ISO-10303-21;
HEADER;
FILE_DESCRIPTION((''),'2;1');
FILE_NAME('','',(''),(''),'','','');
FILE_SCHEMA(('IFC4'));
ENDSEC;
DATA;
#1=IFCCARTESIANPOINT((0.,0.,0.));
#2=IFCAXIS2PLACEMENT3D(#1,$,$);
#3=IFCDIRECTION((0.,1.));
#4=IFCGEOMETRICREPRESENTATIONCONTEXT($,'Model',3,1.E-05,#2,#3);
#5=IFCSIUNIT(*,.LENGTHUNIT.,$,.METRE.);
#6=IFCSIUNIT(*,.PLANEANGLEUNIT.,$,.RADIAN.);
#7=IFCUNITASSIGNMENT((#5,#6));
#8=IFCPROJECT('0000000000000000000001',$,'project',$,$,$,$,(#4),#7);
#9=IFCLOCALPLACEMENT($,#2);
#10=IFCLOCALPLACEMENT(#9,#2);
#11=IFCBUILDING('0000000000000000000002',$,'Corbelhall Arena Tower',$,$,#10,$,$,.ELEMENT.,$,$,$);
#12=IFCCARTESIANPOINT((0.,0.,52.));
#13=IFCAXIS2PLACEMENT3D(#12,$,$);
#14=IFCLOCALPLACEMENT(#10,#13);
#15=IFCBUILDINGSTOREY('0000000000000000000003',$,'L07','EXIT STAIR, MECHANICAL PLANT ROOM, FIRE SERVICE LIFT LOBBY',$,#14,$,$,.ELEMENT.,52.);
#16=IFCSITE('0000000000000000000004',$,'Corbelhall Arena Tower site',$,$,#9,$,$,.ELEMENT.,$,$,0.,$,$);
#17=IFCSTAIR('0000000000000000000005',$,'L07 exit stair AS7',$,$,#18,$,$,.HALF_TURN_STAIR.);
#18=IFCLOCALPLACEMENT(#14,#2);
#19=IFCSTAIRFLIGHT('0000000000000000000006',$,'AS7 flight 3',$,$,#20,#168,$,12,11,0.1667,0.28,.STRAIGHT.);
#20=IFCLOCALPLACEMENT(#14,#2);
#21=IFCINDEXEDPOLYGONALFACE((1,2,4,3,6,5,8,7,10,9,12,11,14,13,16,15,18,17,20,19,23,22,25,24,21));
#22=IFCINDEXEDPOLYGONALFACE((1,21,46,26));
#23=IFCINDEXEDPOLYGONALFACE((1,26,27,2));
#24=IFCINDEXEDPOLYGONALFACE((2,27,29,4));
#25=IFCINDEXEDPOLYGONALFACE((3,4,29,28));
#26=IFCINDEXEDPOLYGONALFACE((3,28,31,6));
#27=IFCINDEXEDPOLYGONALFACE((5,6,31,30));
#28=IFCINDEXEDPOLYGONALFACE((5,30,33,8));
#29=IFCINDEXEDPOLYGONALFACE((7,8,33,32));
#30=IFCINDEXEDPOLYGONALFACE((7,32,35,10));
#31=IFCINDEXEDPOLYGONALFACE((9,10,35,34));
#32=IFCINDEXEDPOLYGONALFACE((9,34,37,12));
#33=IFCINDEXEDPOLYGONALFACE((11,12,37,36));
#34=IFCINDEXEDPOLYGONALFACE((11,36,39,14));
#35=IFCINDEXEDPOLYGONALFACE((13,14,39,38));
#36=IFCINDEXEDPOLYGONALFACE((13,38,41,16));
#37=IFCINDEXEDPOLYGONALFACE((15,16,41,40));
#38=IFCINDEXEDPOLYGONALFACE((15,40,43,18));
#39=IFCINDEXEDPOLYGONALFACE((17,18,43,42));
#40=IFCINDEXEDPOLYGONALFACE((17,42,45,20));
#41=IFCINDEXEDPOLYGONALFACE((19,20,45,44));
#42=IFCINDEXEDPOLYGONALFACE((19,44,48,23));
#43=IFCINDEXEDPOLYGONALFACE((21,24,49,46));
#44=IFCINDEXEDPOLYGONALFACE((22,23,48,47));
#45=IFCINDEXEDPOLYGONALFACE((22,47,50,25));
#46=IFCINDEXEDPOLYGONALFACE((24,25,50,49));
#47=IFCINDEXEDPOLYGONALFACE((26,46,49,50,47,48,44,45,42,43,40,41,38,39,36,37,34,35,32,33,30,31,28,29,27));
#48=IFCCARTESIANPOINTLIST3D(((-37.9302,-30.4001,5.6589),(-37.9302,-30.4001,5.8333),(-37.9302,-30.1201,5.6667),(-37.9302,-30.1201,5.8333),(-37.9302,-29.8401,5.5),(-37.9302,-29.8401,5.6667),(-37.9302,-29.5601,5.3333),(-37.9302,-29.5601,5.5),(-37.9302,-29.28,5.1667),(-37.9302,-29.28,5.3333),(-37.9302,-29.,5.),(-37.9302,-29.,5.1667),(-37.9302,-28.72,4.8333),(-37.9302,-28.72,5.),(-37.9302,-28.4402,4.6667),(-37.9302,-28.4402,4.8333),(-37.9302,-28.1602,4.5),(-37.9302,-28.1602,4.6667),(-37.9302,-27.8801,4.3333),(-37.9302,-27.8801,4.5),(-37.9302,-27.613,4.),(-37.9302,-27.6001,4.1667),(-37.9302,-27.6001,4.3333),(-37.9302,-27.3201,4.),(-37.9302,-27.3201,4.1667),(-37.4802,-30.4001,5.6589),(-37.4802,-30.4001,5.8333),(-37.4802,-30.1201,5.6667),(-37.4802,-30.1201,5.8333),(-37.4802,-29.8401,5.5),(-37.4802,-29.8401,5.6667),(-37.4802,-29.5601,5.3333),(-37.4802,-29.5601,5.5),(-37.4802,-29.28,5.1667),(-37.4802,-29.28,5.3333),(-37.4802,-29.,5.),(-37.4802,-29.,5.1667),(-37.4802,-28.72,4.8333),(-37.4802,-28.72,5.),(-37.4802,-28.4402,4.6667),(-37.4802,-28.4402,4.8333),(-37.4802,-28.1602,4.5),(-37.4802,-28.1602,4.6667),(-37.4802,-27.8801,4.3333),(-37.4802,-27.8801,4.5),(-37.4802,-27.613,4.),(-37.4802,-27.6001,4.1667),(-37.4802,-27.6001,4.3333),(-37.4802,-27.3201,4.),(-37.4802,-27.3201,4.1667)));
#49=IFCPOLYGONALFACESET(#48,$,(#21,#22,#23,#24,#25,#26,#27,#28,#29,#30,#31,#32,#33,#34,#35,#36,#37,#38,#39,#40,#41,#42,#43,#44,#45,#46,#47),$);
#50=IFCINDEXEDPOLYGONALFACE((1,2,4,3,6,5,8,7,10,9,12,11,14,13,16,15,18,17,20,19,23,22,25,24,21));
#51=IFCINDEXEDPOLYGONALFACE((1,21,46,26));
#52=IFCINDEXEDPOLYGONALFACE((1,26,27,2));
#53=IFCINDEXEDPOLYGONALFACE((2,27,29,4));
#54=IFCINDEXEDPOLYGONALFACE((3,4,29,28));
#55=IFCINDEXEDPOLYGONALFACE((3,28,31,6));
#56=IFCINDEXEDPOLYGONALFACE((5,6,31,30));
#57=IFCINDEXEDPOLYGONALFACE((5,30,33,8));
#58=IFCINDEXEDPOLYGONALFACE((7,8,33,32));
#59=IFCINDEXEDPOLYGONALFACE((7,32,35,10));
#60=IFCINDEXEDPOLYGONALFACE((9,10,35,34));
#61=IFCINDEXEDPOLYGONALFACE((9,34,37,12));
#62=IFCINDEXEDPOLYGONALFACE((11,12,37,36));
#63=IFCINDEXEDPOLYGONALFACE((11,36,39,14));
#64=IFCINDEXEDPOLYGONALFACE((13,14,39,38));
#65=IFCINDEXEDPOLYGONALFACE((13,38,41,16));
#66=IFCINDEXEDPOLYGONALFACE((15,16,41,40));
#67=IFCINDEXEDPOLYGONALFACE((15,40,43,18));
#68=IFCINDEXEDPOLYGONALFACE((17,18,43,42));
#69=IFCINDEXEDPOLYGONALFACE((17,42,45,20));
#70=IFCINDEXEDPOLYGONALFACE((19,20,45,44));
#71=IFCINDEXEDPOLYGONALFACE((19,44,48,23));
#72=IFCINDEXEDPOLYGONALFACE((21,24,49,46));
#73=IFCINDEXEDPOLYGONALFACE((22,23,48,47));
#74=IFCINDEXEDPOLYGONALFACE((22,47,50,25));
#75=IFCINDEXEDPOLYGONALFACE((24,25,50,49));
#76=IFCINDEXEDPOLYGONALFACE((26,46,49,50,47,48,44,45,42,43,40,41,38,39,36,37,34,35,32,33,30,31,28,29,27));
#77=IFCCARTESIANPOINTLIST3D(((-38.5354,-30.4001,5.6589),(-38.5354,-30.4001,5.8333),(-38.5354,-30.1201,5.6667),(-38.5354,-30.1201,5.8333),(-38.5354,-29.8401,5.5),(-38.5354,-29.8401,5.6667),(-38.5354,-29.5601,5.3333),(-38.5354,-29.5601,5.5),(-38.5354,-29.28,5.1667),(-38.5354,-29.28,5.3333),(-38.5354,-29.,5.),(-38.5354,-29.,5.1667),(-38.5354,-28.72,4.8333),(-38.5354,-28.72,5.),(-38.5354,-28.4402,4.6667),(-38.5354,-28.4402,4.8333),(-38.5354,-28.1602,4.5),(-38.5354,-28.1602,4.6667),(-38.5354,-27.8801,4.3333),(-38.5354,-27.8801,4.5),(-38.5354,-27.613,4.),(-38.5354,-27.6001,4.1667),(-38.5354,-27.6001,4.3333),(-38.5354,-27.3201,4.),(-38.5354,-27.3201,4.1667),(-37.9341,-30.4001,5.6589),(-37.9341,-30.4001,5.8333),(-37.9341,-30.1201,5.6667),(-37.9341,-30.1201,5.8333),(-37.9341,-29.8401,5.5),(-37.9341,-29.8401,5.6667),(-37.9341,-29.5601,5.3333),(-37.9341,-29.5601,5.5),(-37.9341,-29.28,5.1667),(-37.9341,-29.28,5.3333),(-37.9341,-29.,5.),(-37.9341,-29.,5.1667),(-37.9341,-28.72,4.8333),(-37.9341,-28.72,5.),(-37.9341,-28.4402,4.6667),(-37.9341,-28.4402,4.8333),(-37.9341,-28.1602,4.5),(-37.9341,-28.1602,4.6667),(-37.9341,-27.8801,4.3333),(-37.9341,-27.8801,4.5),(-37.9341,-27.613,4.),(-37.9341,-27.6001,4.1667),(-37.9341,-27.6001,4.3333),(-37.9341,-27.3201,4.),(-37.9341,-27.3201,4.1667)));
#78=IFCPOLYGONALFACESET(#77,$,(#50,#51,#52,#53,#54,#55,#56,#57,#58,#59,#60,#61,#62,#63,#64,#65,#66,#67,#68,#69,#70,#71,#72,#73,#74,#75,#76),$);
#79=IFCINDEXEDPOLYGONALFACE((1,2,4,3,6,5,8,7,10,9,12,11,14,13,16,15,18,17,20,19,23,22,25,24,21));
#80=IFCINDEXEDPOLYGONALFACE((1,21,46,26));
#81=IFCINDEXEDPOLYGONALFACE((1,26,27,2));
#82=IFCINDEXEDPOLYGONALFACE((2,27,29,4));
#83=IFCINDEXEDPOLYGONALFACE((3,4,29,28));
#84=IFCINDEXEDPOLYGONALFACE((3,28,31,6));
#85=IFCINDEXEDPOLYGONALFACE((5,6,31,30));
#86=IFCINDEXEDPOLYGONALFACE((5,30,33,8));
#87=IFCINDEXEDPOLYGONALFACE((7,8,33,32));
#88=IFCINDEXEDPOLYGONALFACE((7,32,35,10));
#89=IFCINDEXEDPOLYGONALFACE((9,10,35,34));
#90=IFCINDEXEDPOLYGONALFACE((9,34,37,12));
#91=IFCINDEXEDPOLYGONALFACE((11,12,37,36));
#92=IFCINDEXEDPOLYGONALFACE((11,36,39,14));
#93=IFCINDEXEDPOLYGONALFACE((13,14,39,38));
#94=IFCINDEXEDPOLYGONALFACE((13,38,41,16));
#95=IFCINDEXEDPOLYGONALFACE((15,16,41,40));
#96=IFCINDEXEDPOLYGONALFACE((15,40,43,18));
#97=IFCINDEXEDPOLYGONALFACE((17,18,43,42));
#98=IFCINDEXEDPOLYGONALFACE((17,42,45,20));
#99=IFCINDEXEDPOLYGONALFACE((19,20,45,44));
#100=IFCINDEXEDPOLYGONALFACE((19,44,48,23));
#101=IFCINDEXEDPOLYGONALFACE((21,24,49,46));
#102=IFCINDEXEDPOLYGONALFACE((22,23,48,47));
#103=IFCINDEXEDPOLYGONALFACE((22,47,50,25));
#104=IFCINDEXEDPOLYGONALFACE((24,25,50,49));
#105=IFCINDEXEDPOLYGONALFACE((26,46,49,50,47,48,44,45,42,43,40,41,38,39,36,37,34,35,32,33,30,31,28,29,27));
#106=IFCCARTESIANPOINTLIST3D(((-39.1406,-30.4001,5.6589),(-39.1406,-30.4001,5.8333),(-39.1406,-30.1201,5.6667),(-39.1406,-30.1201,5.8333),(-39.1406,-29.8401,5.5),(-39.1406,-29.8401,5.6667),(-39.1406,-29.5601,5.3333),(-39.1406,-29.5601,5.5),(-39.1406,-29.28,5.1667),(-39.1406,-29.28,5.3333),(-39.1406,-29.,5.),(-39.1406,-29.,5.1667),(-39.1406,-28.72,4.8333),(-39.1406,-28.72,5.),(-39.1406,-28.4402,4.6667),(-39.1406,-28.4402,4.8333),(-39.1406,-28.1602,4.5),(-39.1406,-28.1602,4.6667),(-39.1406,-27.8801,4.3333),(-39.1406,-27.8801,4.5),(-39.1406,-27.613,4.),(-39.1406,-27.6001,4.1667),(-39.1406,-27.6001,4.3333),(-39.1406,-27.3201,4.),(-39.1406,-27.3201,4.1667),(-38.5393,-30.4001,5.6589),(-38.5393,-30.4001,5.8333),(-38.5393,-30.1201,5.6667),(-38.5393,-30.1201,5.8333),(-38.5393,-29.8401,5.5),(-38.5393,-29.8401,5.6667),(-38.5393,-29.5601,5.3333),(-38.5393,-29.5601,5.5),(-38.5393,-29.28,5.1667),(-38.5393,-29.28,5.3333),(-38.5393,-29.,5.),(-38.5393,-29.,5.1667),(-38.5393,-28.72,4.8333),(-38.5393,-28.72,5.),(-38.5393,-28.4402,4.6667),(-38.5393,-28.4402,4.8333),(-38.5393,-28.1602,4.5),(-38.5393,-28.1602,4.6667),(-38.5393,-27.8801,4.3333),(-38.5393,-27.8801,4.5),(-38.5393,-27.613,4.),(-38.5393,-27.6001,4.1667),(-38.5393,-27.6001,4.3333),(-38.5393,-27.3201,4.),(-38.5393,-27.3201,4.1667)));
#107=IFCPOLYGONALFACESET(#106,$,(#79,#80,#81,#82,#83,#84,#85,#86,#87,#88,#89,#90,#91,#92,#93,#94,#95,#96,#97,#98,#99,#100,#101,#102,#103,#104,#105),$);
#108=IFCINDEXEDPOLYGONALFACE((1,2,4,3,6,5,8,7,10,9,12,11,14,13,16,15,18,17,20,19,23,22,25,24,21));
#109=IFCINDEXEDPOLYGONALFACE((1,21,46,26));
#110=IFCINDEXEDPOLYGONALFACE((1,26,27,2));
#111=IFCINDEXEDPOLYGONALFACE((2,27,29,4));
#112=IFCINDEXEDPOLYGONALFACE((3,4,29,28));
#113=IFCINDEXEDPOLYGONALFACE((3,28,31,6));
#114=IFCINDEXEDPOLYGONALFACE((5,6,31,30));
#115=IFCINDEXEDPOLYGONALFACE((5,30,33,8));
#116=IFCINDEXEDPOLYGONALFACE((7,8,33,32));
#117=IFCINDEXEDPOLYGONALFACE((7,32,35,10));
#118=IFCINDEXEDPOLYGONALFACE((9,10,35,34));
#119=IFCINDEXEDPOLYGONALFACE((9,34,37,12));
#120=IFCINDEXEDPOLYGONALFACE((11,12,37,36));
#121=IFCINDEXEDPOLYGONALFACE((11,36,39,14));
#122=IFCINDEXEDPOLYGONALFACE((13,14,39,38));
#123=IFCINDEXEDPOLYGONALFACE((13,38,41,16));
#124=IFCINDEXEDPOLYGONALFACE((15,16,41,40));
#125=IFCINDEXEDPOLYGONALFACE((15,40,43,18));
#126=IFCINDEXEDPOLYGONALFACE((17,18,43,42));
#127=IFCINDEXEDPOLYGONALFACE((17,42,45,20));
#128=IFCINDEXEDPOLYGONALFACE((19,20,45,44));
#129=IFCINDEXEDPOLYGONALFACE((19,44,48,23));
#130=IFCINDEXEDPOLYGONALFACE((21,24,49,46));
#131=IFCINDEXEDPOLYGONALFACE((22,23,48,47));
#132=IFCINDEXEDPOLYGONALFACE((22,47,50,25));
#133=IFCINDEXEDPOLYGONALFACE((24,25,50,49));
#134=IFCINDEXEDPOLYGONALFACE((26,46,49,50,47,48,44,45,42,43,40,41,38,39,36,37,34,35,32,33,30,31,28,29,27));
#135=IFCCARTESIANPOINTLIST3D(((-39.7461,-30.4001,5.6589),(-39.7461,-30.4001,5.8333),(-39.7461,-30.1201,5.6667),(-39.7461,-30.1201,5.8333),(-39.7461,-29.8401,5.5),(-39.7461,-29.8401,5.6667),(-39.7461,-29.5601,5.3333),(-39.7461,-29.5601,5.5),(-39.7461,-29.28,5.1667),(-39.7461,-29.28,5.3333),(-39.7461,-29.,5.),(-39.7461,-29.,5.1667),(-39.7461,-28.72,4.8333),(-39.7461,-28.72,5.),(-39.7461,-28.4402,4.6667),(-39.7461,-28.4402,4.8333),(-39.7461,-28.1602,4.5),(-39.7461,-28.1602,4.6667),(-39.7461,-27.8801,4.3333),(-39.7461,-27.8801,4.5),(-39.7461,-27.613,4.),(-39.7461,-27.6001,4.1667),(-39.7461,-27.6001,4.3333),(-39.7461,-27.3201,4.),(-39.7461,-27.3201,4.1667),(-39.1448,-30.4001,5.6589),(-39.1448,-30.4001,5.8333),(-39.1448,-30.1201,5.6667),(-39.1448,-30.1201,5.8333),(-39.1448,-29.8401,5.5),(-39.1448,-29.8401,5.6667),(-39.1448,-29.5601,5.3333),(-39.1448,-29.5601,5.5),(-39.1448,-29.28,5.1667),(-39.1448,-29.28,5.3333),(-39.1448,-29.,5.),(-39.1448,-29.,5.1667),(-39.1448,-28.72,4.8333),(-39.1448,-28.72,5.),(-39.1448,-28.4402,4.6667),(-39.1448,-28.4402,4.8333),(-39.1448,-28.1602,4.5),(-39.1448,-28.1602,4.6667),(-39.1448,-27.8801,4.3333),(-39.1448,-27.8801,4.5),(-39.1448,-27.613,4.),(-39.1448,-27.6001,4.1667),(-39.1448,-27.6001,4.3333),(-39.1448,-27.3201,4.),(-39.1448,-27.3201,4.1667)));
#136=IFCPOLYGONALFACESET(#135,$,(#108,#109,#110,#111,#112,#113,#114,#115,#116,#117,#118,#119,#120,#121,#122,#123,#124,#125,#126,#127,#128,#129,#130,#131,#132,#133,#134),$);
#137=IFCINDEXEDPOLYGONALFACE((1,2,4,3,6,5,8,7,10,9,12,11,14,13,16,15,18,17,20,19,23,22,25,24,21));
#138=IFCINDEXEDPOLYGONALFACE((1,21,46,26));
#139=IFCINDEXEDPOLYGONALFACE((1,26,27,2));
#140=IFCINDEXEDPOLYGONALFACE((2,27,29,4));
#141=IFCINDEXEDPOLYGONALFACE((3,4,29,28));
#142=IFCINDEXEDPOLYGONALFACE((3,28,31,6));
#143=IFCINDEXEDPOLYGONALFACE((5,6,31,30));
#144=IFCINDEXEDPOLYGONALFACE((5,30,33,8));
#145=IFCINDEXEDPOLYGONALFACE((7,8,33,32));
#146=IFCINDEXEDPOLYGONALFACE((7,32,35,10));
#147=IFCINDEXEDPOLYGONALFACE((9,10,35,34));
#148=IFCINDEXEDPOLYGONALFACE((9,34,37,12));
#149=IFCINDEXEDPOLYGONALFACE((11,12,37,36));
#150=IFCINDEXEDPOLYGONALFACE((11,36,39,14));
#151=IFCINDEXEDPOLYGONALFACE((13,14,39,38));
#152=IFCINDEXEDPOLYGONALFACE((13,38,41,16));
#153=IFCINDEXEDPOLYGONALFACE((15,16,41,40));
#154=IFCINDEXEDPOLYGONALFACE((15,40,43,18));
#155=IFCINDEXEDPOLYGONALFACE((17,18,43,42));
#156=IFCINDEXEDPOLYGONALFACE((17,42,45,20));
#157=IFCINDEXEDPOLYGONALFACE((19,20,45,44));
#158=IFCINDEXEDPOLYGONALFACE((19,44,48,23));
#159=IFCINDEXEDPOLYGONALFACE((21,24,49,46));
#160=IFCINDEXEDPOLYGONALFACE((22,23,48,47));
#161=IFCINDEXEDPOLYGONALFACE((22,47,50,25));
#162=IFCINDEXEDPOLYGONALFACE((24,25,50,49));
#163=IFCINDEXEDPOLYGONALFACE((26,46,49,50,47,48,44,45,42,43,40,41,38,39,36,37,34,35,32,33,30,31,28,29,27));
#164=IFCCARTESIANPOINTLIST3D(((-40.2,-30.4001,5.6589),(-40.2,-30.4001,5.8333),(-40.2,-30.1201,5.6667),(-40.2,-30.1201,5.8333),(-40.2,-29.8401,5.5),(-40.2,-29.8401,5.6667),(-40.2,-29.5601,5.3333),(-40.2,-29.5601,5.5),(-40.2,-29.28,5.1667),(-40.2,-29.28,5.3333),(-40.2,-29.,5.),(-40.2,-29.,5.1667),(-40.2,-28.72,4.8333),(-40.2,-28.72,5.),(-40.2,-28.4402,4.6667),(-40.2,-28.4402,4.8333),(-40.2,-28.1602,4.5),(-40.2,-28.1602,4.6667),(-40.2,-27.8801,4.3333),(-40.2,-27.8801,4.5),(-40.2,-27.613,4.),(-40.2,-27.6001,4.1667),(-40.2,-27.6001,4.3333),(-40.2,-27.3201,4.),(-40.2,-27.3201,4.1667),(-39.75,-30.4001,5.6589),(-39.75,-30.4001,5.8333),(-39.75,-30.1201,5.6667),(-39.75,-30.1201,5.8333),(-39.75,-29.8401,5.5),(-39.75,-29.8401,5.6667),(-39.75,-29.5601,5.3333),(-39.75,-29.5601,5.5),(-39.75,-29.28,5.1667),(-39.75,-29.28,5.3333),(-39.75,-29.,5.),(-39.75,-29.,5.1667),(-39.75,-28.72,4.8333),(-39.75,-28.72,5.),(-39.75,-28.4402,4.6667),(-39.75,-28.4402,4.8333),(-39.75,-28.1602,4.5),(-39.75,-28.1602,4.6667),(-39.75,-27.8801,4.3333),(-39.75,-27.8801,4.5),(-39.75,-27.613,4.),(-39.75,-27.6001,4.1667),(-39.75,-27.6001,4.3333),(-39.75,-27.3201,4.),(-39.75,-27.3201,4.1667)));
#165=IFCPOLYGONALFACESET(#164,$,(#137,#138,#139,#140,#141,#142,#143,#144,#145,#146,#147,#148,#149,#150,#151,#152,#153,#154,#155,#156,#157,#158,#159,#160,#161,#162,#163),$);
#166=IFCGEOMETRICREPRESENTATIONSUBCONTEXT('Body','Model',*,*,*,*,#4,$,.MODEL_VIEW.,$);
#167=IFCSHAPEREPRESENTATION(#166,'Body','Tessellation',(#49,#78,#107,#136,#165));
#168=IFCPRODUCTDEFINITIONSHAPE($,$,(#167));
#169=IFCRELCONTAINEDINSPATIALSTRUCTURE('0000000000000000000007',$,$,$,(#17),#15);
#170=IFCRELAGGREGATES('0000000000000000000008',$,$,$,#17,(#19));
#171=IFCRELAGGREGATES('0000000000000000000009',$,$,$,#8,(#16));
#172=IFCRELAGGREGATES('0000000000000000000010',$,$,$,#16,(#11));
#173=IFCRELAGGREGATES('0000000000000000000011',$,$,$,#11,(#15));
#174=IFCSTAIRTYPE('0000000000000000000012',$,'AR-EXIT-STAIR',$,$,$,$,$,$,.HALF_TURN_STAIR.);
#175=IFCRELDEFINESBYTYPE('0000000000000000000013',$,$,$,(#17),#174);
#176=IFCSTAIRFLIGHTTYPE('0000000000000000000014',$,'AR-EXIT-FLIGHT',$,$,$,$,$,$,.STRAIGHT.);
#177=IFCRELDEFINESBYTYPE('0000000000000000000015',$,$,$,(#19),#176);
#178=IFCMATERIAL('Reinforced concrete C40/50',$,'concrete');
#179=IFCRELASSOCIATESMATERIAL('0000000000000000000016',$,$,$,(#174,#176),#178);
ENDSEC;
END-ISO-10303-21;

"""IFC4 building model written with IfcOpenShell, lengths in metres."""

from ifc_helpers import new_model, si_unit, direction, frame, origin, place, context, subcontext, project, spatial, polyline, outline, extrude, material, type_object, element, aggregate, save


model = new_model("IFC4")

# Units and contexts
model_context = context("Model", 3, precision=1e-05, world=origin(), true_north=direction((0.0, 1.0)))
body_context = subcontext(model_context, "Body", "Model", "MODEL_VIEW")
ifc_project = project(units=[si_unit("LENGTHUNIT", "METRE"), si_unit("PLANEANGLEUNIT", "RADIAN")], contexts=[model_context])

# Site, building, storey
site_placement = place(None, origin())
site = spatial("IfcSite", under=ifc_project, at=site_placement, Name="Corbelhall Arena Tower site", CompositionType="ELEMENT", RefElevation=0.0)
building_placement = place(site_placement, origin())
building = spatial("IfcBuilding", under=site, at=building_placement, Name="Corbelhall Arena Tower", CompositionType="ELEMENT")
storey_placement = place(building_placement, frame((0.0, 0.0, 52.0)))
storey = spatial("IfcBuildingStorey", under=building, at=storey_placement, Name="L07", Description="EXIT STAIR, MECHANICAL PLANT ROOM, FIRE SERVICE LIFT LOBBY", CompositionType="ELEMENT", Elevation=52.0)

# Shared definitions
ifc_material_1 = material(Name="Reinforced concrete C40/50", Category="concrete")

# Stair, stair flight
stair_type = type_object("IfcStairType", Name="AR-EXIT-STAIR", PredefinedType="HALF_TURN_STAIR", material=ifc_material_1)
stair_placement = place(storey_placement, origin())
stair = element("IfcStair", 1, at=stair_placement, inside=storey, type_object=stair_type, Name="L07 exit stair AS7", PredefinedType="HALF_TURN_STAIR")
stair_flight_type = type_object("IfcStairFlightType", Name="AR-EXIT-FLIGHT", PredefinedType="STRAIGHT", material=ifc_material_1)
stair_flight_1_placement = place(storey_placement, frame((-38.8401, -27.3201, 4.0), z_axis=(0.0, 0.0, 1.0), x_axis=(0.0, -1.0, 0.0)))
stair_flight_1 = element("IfcStairFlight", 2, at=stair_flight_1_placement, type_object=stair_flight_type, Name="AS7 flight 3", NumberOfRisers=12, NumberOfTreads=11, PredefinedType="STRAIGHT", RiserHeight=0.1667, TreadLength=0.28, context=body_context, shape_type="SweptSolid", body=[
    extrude(outline(polyline([(0.0, 0.0), (0.0, 0.1667), (0.28, 0.1667), (0.28, 0.3333), (0.5601, 0.3333), (0.5601, 0.5), (0.8401, 0.5), (0.8401, 0.6667), (1.1201, 0.6667), (1.1201, 0.8333), (1.3999, 0.8333), (1.3999, 1.0), (1.6799, 1.0), (1.6799, 1.1667), (1.96, 1.1667), (1.96, 1.3333), (2.24, 1.3333), (2.24, 1.5), (2.52, 1.5), (2.52, 1.6667), (2.8, 1.6667), (2.8, 1.8333), (3.0801, 1.8333), (3.0801, 2.0), (3.0801, 1.6589), (0.293, 0.0), (0.0, 0.0)])), frame((0.0, 1.3599, 0.0), z_axis=(0.0, -1.0, 0.0), x_axis=(1.0, 0.0, 0.0)), (0.0, 0.0, 1.0), 0.45),
    extrude(outline(polyline([(0.0, 0.0), (0.0, 0.1667), (0.28, 0.1667), (0.28, 0.3333), (0.5601, 0.3333), (0.5601, 0.5), (0.8401, 0.5), (0.8401, 0.6667), (1.1201, 0.6667), (1.1201, 0.8333), (1.3999, 0.8333), (1.3999, 1.0), (1.6799, 1.0), (1.6799, 1.1667), (1.96, 1.1667), (1.96, 1.3333), (2.24, 1.3333), (2.24, 1.5), (2.52, 1.5), (2.52, 1.6667), (2.8, 1.6667), (2.8, 1.8333), (3.0801, 1.8333), (3.0801, 2.0), (3.0801, 1.6589), (0.293, 0.0), (0.0, 0.0)])), frame((0.0, 0.906, 0.0), z_axis=(0.0, -1.0, 0.0), x_axis=(1.0, 0.0, 0.0)), (0.0, 0.0, 1.0), 0.6013),
    extrude(outline(polyline([(0.0, 0.0), (0.0, 0.1667), (0.28, 0.1667), (0.28, 0.3333), (0.5601, 0.3333), (0.5601, 0.5), (0.8401, 0.5), (0.8401, 0.6667), (1.1201, 0.6667), (1.1201, 0.8333), (1.3999, 0.8333), (1.3999, 1.0), (1.6799, 1.0), (1.6799, 1.1667), (1.96, 1.1667), (1.96, 1.3333), (2.24, 1.3333), (2.24, 1.5), (2.52, 1.5), (2.52, 1.6667), (2.8, 1.6667), (2.8, 1.8333), (3.0801, 1.8333), (3.0801, 2.0), (3.0801, 1.6589), (0.293, 0.0), (0.0, 0.0)])), frame((0.0, 0.3008, 0.0), z_axis=(0.0, -1.0, 0.0), x_axis=(1.0, 0.0, 0.0)), (0.0, 0.0, 1.0), 0.6013),
    extrude(outline(polyline([(0.0, 0.0), (0.0, 0.1667), (0.28, 0.1667), (0.28, 0.3333), (0.5601, 0.3333), (0.5601, 0.5), (0.8401, 0.5), (0.8401, 0.6667), (1.1201, 0.6667), (1.1201, 0.8333), (1.3999, 0.8333), (1.3999, 1.0), (1.6799, 1.0), (1.6799, 1.1667), (1.96, 1.1667), (1.96, 1.3333), (2.24, 1.3333), (2.24, 1.5), (2.52, 1.5), (2.52, 1.6667), (2.8, 1.6667), (2.8, 1.8333), (3.0801, 1.8333), (3.0801, 2.0), (3.0801, 1.6589), (0.293, 0.0), (0.0, 0.0)])), frame((0.0, -0.3047, 0.0), z_axis=(0.0, -1.0, 0.0), x_axis=(1.0, 0.0, 0.0)), (0.0, 0.0, 1.0), 0.6013),
    extrude(outline(polyline([(0.0, 0.0), (0.0, 0.1667), (0.28, 0.1667), (0.28, 0.3333), (0.5601, 0.3333), (0.5601, 0.5), (0.8401, 0.5), (0.8401, 0.6667), (1.1201, 0.6667), (1.1201, 0.8333), (1.3999, 0.8333), (1.3999, 1.0), (1.6799, 1.0), (1.6799, 1.1667), (1.96, 1.1667), (1.96, 1.3333), (2.24, 1.3333), (2.24, 1.5), (2.52, 1.5), (2.52, 1.6667), (2.8, 1.6667), (2.8, 1.8333), (3.0801, 1.8333), (3.0801, 2.0), (3.0801, 1.6589), (0.293, 0.0), (0.0, 0.0)])), frame((0.0, -0.9099, 0.0), z_axis=(0.0, -1.0, 0.0), x_axis=(1.0, 0.0, 0.0)), (0.0, 0.0, 1.0), 0.45),
])
aggregate(stair, [stair_flight_1])

save(model, "model.ifc")
